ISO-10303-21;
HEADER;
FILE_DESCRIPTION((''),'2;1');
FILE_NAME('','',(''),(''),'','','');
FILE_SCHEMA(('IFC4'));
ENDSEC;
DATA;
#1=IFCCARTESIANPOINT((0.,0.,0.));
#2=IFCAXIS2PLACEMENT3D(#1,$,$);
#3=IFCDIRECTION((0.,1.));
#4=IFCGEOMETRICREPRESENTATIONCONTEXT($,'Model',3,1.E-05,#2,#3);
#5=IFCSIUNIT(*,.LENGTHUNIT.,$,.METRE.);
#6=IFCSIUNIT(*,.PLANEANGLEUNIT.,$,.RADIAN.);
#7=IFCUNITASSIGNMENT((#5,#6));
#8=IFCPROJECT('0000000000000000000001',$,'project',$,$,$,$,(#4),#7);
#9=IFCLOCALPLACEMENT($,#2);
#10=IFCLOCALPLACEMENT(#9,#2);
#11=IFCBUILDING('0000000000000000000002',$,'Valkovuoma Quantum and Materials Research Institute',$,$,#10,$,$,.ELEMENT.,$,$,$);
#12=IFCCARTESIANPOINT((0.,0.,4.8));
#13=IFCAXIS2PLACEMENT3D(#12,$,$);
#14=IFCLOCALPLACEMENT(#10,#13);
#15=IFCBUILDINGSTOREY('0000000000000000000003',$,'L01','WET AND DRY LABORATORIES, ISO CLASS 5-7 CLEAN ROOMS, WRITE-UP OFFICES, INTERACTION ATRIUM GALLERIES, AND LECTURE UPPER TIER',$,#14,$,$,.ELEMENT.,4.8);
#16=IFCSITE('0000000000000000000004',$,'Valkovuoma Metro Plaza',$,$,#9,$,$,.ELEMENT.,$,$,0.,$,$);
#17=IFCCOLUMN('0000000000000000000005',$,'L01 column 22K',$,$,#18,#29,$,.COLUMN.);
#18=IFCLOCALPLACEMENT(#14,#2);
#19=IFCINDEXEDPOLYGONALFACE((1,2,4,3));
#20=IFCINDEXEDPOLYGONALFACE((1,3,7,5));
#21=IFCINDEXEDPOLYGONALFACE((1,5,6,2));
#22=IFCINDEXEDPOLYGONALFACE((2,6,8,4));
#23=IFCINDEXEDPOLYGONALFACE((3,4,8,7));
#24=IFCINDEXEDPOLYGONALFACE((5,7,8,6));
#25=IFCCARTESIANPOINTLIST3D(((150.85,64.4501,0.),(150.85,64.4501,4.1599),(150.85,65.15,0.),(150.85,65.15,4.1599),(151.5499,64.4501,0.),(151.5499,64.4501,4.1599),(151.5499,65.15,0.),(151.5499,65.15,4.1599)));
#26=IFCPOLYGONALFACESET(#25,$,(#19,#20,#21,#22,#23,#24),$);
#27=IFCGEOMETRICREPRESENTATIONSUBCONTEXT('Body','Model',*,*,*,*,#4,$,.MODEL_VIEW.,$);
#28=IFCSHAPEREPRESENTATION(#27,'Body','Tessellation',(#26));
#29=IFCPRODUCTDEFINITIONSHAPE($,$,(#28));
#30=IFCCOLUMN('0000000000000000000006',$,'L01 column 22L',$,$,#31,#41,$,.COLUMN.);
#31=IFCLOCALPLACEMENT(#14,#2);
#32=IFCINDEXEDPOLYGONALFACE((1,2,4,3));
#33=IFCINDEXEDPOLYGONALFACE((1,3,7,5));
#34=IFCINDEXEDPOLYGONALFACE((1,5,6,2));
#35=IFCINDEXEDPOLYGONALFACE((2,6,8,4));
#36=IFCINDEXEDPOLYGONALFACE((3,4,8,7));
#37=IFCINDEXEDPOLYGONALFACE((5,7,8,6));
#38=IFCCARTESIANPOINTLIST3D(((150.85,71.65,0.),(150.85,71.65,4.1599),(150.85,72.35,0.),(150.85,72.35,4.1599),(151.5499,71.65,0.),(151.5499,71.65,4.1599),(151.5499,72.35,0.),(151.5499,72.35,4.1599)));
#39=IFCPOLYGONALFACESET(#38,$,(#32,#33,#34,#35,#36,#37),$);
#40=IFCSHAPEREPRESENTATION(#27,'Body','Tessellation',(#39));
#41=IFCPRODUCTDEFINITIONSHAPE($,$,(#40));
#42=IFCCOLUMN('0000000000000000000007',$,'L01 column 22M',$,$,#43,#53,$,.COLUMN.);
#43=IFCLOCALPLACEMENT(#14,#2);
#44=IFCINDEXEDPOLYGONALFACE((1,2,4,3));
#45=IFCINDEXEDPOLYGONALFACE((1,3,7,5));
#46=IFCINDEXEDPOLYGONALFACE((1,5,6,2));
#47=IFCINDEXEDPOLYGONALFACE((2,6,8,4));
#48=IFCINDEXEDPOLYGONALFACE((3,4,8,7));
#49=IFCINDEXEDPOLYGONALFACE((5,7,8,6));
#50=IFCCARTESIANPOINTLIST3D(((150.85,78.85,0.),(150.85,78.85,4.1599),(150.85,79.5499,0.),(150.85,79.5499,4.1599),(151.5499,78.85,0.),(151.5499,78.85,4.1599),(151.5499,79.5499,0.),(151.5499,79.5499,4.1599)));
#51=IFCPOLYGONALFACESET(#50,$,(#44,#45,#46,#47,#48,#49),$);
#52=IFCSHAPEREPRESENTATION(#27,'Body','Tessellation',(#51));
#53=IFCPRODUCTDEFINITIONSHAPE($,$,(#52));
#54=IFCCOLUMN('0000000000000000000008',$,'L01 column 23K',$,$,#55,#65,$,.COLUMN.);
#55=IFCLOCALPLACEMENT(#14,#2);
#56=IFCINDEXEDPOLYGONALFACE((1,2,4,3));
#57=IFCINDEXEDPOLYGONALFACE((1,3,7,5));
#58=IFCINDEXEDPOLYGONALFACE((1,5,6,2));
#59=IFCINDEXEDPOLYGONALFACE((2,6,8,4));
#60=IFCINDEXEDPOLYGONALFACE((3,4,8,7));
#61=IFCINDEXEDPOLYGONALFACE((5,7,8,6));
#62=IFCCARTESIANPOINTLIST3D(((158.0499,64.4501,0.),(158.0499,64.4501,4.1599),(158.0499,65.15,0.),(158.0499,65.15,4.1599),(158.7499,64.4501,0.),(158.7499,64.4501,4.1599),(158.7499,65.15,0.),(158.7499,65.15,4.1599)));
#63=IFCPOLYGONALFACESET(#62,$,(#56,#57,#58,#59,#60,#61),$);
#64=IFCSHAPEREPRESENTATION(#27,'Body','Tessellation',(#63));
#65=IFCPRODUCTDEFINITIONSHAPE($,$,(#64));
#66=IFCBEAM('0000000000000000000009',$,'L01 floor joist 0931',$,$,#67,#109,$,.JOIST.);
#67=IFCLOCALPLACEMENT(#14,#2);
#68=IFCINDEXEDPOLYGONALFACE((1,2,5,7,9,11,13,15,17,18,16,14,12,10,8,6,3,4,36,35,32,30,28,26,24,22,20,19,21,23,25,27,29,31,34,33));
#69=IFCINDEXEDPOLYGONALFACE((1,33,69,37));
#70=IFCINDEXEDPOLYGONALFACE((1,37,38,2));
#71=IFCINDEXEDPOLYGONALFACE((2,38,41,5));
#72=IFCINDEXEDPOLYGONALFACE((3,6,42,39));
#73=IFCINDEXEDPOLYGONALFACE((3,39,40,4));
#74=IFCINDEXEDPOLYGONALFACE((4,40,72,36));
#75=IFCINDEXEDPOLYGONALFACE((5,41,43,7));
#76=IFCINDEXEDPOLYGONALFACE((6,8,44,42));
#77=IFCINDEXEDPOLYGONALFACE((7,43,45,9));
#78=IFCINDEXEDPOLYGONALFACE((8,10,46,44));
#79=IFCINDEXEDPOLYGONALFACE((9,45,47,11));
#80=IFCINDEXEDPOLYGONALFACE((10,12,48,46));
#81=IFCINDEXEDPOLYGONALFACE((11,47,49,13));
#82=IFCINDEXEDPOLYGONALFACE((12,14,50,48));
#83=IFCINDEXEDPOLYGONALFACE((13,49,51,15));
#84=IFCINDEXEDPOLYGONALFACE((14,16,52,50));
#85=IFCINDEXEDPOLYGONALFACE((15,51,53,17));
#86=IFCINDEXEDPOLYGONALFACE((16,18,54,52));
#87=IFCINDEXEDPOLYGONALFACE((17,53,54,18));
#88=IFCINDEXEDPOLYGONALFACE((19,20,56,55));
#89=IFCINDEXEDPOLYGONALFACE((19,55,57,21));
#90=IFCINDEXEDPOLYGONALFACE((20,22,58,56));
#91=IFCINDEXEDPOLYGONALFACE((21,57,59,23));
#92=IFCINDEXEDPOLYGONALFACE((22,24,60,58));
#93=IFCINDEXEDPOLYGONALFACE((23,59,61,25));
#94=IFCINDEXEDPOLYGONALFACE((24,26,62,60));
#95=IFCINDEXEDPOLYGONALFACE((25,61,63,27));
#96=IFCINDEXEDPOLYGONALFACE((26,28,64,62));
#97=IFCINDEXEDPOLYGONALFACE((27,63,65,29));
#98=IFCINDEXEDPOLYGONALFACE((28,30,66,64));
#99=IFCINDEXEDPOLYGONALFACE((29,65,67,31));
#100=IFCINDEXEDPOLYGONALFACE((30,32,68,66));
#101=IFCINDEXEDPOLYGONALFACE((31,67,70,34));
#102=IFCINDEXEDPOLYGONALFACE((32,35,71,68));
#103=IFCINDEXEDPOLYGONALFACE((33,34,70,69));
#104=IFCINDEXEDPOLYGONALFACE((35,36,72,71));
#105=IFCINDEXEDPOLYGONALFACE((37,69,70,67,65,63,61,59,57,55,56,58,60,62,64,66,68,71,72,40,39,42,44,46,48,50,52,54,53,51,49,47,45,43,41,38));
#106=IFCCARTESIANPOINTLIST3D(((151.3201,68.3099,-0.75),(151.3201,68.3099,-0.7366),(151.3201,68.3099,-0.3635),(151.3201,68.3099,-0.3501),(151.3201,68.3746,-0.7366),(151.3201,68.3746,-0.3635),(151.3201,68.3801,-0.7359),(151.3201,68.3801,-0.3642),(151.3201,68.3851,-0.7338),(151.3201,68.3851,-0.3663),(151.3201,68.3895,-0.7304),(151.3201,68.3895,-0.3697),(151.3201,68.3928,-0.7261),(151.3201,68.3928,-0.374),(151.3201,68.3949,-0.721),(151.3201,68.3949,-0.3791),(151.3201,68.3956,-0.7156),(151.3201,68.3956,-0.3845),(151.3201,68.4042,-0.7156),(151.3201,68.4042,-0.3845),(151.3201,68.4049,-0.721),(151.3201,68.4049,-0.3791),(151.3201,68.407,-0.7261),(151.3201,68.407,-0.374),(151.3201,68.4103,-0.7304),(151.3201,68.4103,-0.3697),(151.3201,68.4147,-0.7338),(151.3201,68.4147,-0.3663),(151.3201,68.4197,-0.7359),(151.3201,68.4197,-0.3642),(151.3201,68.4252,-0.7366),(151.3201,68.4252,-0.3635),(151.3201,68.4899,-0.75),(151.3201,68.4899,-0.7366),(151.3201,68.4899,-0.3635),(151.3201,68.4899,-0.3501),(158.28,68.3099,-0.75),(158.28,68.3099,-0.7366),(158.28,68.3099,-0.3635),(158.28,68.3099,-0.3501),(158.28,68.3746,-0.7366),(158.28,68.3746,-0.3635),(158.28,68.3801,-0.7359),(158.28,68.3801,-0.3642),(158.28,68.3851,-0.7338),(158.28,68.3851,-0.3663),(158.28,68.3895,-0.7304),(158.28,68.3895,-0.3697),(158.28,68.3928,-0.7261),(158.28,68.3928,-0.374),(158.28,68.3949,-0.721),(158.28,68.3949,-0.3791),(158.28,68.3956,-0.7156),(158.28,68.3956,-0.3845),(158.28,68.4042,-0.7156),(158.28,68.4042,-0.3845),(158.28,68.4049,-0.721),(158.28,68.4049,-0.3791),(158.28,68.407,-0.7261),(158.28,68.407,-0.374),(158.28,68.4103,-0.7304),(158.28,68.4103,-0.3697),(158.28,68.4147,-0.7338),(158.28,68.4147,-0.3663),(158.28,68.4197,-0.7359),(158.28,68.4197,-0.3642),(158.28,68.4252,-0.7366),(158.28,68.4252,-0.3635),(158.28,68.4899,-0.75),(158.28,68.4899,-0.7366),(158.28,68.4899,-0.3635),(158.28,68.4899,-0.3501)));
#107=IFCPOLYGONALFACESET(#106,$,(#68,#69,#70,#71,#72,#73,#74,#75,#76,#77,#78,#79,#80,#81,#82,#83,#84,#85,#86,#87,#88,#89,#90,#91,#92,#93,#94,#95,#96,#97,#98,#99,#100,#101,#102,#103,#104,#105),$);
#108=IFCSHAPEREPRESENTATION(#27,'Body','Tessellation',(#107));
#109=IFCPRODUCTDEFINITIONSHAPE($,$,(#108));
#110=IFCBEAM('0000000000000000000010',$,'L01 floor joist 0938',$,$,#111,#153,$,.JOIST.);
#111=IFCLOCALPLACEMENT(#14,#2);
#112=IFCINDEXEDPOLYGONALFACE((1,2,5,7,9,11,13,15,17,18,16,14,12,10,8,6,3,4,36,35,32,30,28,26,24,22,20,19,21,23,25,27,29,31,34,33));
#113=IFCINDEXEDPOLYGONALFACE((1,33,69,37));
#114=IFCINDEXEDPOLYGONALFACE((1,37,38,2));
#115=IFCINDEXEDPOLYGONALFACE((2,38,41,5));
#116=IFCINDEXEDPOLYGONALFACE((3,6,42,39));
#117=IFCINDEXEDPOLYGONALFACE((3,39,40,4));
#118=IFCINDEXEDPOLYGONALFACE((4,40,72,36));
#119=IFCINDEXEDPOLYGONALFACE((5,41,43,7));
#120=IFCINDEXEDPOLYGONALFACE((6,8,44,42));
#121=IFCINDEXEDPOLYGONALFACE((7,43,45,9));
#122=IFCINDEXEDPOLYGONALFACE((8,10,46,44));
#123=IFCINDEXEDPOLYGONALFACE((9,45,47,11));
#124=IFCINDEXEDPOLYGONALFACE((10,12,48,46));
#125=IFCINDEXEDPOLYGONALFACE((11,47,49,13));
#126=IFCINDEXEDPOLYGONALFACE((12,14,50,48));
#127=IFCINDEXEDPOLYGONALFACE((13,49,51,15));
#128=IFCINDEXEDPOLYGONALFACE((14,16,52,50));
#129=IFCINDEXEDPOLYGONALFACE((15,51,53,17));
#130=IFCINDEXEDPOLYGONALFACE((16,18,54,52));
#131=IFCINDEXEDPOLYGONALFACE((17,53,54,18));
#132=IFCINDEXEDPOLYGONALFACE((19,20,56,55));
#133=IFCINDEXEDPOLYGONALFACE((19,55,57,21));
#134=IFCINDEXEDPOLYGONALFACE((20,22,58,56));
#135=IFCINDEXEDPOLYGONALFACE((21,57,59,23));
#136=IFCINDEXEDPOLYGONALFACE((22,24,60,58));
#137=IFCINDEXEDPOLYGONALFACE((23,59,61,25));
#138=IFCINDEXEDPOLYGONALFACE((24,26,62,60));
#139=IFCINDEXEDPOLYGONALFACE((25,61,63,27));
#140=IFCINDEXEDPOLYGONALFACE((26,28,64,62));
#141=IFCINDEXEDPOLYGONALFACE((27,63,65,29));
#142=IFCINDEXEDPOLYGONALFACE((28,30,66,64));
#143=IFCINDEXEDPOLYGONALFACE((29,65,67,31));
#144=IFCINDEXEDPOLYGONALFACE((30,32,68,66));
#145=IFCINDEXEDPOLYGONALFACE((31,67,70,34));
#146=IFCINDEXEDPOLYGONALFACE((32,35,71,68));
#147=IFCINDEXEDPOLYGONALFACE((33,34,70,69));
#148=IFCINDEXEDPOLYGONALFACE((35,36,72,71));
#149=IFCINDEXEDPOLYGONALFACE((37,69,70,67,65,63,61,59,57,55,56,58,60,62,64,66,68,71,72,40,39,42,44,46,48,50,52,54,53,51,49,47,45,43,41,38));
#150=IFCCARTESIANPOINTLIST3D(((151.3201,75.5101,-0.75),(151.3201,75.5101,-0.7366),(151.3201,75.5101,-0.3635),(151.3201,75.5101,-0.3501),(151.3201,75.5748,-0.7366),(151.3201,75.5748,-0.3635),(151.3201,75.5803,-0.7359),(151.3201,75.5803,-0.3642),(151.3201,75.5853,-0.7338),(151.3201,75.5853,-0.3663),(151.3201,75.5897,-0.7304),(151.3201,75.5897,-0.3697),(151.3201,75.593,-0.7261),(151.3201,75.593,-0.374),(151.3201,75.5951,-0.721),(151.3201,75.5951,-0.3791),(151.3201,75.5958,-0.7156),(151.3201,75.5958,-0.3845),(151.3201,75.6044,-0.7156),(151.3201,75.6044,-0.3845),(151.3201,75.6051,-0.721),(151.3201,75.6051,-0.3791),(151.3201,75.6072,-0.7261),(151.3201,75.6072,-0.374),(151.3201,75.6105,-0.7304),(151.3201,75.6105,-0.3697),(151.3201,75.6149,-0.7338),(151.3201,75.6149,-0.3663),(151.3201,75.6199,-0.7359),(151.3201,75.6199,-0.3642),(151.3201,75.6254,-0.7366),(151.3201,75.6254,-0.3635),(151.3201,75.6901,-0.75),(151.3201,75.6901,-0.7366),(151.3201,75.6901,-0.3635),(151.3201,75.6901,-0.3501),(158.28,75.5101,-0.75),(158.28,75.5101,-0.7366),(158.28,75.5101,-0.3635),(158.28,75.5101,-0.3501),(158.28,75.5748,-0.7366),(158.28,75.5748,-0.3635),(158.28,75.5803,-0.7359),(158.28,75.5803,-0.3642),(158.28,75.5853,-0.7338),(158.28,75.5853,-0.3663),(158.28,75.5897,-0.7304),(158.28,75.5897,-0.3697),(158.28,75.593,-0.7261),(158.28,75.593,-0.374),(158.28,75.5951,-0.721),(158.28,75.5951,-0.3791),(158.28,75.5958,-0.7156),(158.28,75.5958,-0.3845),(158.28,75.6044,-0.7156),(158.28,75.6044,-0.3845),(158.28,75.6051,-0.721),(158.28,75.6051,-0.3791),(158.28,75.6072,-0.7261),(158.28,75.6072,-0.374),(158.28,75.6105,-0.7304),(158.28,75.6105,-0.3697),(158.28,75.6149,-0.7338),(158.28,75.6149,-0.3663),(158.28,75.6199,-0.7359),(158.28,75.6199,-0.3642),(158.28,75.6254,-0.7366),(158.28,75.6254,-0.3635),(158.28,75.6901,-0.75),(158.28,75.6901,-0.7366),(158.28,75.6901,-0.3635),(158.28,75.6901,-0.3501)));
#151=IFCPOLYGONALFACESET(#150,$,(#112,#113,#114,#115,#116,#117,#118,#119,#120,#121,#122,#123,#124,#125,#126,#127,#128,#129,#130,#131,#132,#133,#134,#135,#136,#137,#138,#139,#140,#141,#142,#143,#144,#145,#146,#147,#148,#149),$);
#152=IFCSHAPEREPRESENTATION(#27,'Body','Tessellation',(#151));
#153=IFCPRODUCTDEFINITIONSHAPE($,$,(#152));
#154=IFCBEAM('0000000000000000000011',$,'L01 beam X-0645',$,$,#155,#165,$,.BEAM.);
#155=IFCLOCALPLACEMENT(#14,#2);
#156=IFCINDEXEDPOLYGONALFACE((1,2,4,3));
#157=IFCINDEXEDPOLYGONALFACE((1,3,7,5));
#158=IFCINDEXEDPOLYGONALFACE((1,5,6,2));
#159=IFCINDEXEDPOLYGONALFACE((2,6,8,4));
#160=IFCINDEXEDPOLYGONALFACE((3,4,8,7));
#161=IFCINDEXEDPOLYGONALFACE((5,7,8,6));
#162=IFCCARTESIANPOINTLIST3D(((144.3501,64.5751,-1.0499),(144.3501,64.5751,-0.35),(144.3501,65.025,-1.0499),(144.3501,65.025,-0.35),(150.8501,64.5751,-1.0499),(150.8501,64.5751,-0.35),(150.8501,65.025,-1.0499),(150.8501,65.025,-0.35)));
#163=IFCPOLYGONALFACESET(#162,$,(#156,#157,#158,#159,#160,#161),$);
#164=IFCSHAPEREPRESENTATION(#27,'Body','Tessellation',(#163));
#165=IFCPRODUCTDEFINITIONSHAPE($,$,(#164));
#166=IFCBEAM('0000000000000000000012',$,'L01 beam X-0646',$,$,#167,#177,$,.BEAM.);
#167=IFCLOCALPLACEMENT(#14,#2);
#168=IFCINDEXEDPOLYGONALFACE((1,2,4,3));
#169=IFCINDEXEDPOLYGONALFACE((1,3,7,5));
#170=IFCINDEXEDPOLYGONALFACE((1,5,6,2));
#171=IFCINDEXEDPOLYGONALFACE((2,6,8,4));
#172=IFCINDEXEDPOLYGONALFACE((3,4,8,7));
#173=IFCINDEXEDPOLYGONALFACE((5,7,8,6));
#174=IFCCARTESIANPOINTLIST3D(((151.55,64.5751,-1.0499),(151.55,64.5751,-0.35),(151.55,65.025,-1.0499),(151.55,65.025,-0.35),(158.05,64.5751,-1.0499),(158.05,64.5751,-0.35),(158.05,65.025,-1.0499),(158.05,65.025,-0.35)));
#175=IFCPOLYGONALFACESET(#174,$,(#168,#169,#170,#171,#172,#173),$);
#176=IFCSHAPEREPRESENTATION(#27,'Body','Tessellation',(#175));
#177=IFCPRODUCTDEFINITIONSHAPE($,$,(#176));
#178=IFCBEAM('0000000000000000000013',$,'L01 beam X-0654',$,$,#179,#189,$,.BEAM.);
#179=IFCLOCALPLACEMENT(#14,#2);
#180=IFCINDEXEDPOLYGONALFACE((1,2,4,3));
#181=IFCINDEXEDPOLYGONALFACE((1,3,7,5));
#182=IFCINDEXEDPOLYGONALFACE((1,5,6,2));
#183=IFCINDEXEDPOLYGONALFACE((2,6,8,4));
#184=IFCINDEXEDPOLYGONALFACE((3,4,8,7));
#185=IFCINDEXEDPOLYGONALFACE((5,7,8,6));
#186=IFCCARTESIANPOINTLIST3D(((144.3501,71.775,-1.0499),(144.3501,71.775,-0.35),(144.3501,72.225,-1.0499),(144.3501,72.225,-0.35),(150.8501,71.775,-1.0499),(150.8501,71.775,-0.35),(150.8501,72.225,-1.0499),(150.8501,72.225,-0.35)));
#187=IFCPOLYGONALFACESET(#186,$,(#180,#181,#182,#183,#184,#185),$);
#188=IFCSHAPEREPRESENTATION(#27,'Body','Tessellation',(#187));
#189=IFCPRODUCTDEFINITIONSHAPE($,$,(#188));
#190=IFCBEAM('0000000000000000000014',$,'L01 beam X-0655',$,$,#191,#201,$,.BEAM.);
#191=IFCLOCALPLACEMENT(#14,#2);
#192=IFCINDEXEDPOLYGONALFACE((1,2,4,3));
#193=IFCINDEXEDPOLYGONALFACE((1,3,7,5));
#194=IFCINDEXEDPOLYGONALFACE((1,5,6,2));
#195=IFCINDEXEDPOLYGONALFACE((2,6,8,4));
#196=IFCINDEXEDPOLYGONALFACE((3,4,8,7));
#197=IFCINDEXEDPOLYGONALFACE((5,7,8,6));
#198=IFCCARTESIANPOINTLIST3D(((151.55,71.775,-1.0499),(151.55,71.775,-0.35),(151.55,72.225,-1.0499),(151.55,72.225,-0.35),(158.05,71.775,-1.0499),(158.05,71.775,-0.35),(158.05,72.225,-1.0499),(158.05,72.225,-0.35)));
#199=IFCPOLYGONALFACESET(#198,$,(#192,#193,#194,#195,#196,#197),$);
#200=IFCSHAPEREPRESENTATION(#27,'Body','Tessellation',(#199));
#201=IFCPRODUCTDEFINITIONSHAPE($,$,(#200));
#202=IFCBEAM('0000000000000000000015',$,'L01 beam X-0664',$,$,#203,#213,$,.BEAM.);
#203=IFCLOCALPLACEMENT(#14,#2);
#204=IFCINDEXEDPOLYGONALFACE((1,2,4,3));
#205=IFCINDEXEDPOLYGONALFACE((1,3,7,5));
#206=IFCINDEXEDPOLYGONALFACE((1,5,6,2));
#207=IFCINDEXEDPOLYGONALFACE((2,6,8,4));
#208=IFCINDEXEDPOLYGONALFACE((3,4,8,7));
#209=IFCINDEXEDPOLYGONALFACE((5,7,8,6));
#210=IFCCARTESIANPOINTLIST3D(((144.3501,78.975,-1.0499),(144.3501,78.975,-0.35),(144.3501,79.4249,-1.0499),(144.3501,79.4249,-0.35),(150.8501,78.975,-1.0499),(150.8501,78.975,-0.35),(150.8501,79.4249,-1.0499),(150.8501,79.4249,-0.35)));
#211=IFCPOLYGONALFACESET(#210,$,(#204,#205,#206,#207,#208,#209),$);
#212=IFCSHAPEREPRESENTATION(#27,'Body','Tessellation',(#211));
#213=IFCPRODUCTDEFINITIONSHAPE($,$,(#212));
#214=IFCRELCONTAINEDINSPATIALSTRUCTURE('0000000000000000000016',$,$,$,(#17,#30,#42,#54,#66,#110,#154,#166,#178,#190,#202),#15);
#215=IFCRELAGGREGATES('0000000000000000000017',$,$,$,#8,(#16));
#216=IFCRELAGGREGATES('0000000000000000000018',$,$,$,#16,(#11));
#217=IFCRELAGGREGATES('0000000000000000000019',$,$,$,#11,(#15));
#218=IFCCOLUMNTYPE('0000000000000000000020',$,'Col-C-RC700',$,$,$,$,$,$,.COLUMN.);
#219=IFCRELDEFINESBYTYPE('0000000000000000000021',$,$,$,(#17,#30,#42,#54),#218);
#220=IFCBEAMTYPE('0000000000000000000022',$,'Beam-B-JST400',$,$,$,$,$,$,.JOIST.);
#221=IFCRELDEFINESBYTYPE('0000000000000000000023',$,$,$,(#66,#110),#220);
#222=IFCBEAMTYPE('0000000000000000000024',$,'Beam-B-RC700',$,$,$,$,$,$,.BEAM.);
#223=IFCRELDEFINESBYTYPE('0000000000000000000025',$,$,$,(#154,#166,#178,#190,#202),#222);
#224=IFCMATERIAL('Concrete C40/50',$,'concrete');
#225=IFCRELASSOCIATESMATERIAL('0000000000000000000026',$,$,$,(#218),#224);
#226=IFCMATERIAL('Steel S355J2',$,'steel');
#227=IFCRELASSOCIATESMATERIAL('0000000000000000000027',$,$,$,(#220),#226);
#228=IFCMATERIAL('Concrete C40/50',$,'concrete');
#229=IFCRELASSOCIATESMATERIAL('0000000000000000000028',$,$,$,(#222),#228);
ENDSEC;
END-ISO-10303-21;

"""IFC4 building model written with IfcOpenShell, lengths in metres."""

from ifc_helpers import new_model, si_unit, direction, frame, origin, origin_2d, place, context, subcontext, project, spatial, rectangle, i_section, extrude, material, material_profile, profile_set, type_object, element, save


model = new_model("IFC4")

# Units and contexts
model_context = context("Model", 3, precision=1e-05, world=origin(), true_north=direction((0.0, 1.0)))
body_context = subcontext(model_context, "Body", "Model", "MODEL_VIEW")
ifc_project = project(units=[si_unit("LENGTHUNIT", "METRE"), si_unit("PLANEANGLEUNIT", "RADIAN")], contexts=[model_context])

# Site, building, storey
site_placement = place(None, origin())
site = spatial("IfcSite", under=ifc_project, at=site_placement, Name="Valkovuoma Metro Plaza", CompositionType="ELEMENT", RefElevation=0.0)
building_placement = place(site_placement, origin())
building = spatial("IfcBuilding", under=site, at=building_placement, Name="Valkovuoma Quantum and Materials Research Institute", CompositionType="ELEMENT")
storey_placement = place(building_placement, frame((0.0, 0.0, 4.8)))
storey = spatial("IfcBuildingStorey", under=building, at=storey_placement, Name="L01", Description="WET AND DRY LABORATORIES, ISO CLASS 5-7 CLEAN ROOMS, WRITE-UP OFFICES, INTERACTION ATRIUM GALLERIES, AND LECTURE UPPER TIER", CompositionType="ELEMENT", Elevation=4.8)

# Columns
ifc_material_1 = material(Name="Concrete C40/50", Category="concrete")
ifc_material_profile_1 = material_profile(ifc_material_1, rectangle(XDim=0.7, YDim=0.7, at=origin_2d()), Name="Concrete C40/50")
ifc_profile_set_1 = profile_set([ifc_material_profile_1], Name="Concrete C40/50")
column_type = type_object("IfcColumnType", Name="Col-C-RC700", PredefinedType="COLUMN", material=ifc_profile_set_1)
for number, where, z_axis, x_axis, name in (
    (1, (151.2, 64.8, 0.0), (0.0, 0.0, 1.0), (1.0, 0.0, 0.0), "L01 column 22K"),
    (2, (151.2, 72.0, 0.0), (0.0, 0.0, 1.0), (1.0, 0.0, 0.0), "L01 column 22L"),
    (3, (151.2, 79.2, 0.0), (0.0, 0.0, 1.0), (1.0, 0.0, 0.0), "L01 column 22M"),
    (4, (158.3999, 64.8, 0.0), (0.0, 0.0, 1.0), (1.0, 0.0, 0.0), "L01 column 23K"),
):
    element("IfcColumn", number, at=place(storey_placement, frame(where, z_axis=z_axis, x_axis=x_axis)), inside=storey, type_object=column_type, Name=name, PredefinedType="COLUMN", context=body_context, shape_type="SweptSolid", body=[
        extrude(rectangle(XDim=0.7, YDim=0.7, at=origin_2d()), origin(), (0.0, 0.0, 1.0), 4.1599),
    ])

# Beams
ifc_material_2 = material(Name="Steel S355J2", Category="steel")
ifc_material_profile_2 = material_profile(ifc_material_2, i_section(OverallWidth=0.1799, OverallDepth=0.3999, WebThickness=0.0085, FlangeThickness=0.0134, FilletRadius=0.021, at=origin_2d()), Name="Steel S355J2")
ifc_profile_set_2 = profile_set([ifc_material_profile_2], Name="Steel S355J2")
beam_type_1 = type_object("IfcBeamType", Name="Beam-B-JST400", PredefinedType="JOIST", material=ifc_profile_set_2)
for number, where, z_axis, x_axis, name in (
    (5, (151.3201, 68.3999, -0.55), (1.0, 0.0, 0.0), (0.0, 1.0, 0.0), "L01 floor joist 0931"),
    (6, (151.3201, 75.6001, -0.55), (1.0, 0.0, 0.0), (0.0, 1.0, 0.0), "L01 floor joist 0938"),
):
    element("IfcBeam", number, at=place(storey_placement, frame(where, z_axis=z_axis, x_axis=x_axis)), inside=storey, type_object=beam_type_1, Name=name, PredefinedType="JOIST", context=body_context, shape_type="SweptSolid", body=[
        extrude(i_section(OverallWidth=0.1799, OverallDepth=0.3999, WebThickness=0.0085, FlangeThickness=0.0134, FilletRadius=0.021, at=origin_2d()), origin(), (0.0, 0.0, 1.0), 6.96),
    ])
ifc_material_3 = material(Name="Concrete C40/50", Category="concrete")
ifc_material_profile_3 = material_profile(ifc_material_3, rectangle(XDim=0.45, YDim=0.7, at=origin_2d()), Name="Concrete C40/50")
ifc_profile_set_3 = profile_set([ifc_material_profile_3], Name="Concrete C40/50")
beam_type_2 = type_object("IfcBeamType", Name="Beam-B-RC700", PredefinedType="BEAM", material=ifc_profile_set_3)
for number, where, z_axis, x_axis, name in (
    (7, (144.3501, 64.8, -0.7), (1.0, 0.0, 0.0), (0.0, 1.0, 0.0), "L01 beam X-0645"),
    (8, (151.55, 64.8, -0.7), (1.0, 0.0, 0.0), (0.0, 1.0, 0.0), "L01 beam X-0646"),
    (9, (144.3501, 72.0, -0.7), (1.0, 0.0, 0.0), (0.0, 1.0, 0.0), "L01 beam X-0654"),
    (10, (151.55, 72.0, -0.7), (1.0, 0.0, 0.0), (0.0, 1.0, 0.0), "L01 beam X-0655"),
    (11, (144.3501, 79.2, -0.7), (1.0, 0.0, 0.0), (0.0, 1.0, 0.0), "L01 beam X-0664"),
):
    element("IfcBeam", number, at=place(storey_placement, frame(where, z_axis=z_axis, x_axis=x_axis)), inside=storey, type_object=beam_type_2, Name=name, PredefinedType="BEAM", context=body_context, shape_type="SweptSolid", body=[
        extrude(rectangle(XDim=0.45, YDim=0.7, at=origin_2d()), origin(), (0.0, 0.0, 1.0), 6.5),
    ])

save(model, "model.ifc")
